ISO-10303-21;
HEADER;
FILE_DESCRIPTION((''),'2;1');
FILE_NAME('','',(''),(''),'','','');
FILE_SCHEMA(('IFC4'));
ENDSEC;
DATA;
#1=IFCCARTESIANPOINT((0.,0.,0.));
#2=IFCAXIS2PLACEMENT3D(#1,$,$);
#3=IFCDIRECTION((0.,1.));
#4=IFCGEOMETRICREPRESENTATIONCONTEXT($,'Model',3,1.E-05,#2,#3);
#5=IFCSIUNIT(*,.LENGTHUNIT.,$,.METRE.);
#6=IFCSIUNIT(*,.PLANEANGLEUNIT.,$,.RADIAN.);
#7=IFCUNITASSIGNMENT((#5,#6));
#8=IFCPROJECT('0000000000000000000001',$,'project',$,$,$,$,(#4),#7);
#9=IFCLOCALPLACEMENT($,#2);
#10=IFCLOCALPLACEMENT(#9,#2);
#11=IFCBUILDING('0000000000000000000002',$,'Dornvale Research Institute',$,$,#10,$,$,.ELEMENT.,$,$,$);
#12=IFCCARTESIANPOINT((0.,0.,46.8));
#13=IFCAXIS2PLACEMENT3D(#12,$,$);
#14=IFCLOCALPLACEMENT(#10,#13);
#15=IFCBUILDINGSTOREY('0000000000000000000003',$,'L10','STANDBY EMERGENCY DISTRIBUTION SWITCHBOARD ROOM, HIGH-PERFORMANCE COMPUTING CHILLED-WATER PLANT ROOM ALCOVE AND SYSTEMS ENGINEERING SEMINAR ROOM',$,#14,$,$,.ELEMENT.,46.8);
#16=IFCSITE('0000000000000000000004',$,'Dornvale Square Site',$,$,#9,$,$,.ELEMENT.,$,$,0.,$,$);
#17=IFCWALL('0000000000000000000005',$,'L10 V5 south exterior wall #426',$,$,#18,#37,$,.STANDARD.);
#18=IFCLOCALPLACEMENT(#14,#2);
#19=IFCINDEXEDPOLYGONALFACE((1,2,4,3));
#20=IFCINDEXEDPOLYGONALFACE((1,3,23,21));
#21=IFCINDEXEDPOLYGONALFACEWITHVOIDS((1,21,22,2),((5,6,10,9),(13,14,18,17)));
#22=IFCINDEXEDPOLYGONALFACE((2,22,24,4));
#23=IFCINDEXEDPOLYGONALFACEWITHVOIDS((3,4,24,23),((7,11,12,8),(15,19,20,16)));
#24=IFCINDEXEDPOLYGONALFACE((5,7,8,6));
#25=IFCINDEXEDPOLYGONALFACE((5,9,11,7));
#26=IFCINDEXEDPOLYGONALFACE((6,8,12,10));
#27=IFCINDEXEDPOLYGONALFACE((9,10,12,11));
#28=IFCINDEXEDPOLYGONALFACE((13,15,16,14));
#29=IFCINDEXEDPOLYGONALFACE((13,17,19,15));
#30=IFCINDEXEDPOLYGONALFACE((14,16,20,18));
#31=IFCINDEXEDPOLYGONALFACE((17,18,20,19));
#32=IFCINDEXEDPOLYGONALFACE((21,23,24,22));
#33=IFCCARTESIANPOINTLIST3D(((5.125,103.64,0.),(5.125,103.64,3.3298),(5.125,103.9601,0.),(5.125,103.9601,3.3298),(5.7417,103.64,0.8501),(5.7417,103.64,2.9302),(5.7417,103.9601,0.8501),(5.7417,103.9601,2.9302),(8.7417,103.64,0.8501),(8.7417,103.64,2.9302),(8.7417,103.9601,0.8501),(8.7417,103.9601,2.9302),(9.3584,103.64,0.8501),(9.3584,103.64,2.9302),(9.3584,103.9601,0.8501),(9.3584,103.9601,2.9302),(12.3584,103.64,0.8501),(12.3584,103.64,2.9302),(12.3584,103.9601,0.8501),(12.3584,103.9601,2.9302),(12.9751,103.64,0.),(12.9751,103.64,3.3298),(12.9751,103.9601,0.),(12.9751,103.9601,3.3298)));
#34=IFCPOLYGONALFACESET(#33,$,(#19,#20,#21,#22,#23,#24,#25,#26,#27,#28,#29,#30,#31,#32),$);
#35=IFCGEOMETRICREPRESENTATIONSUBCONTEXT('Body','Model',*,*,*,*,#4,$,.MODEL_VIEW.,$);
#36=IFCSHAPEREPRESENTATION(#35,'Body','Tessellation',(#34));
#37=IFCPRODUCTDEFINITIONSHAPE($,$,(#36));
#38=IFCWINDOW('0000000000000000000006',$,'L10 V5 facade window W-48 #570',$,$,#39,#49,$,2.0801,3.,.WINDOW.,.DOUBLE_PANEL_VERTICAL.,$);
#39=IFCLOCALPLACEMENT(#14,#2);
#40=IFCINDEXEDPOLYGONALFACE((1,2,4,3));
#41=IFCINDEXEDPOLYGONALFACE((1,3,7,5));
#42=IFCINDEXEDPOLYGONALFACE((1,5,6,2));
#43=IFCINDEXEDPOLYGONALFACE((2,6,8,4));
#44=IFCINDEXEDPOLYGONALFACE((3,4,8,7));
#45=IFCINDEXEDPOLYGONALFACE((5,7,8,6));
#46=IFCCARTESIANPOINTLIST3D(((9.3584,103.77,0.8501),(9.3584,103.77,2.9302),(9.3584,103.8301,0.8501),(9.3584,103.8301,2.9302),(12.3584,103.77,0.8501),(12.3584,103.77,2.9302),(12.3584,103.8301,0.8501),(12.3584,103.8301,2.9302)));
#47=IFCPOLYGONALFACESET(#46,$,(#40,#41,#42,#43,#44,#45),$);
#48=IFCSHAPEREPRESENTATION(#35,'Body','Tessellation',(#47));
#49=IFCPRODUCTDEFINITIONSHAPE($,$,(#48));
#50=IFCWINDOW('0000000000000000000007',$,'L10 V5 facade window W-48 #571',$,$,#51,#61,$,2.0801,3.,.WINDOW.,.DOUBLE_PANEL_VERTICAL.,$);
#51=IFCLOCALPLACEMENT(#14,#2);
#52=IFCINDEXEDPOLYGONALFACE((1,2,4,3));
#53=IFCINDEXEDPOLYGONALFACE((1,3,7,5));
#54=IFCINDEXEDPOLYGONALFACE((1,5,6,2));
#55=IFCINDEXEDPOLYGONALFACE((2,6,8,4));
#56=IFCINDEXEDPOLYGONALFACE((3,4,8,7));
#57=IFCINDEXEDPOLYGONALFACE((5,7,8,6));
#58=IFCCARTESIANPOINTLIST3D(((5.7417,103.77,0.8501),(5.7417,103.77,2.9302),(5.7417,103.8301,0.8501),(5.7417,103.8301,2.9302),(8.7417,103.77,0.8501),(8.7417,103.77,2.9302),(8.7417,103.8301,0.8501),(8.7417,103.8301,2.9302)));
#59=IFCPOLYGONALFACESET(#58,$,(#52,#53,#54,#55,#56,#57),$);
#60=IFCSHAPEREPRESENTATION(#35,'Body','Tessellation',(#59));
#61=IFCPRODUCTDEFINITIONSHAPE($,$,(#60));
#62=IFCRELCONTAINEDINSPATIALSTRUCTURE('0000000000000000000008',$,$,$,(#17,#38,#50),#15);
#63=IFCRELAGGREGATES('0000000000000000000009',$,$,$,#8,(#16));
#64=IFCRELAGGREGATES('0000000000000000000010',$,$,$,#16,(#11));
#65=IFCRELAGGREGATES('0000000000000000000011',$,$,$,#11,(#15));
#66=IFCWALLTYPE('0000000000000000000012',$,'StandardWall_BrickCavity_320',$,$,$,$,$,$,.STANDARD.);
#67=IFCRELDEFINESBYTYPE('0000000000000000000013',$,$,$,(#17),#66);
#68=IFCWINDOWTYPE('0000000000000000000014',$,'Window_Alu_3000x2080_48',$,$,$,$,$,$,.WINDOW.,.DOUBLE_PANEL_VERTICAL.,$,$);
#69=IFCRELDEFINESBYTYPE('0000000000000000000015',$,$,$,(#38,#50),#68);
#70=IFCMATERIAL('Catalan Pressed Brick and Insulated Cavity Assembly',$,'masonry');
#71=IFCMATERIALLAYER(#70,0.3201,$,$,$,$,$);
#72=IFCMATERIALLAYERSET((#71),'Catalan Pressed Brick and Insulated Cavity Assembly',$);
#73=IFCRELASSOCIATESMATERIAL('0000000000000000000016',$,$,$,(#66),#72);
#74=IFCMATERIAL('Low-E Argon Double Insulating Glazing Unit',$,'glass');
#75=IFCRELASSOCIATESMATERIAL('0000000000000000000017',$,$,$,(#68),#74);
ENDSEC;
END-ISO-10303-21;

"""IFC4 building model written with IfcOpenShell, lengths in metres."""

from ifc_helpers import new_model, si_unit, direction, frame, frame_2d, origin, place, context, subcontext, project, spatial, rectangle, extrude, material, layer, layer_set, type_object, element, fill, save


model = new_model("IFC4")

# Units and contexts
model_context = context("Model", 3, precision=1e-05, world=origin(), true_north=direction((0.0, 1.0)))
body_context = subcontext(model_context, "Body", "Model", "MODEL_VIEW")
ifc_project = project(units=[si_unit("LENGTHUNIT", "METRE"), si_unit("PLANEANGLEUNIT", "RADIAN")], contexts=[model_context])

# Site, building, storey
site_placement = place(None, origin())
site = spatial("IfcSite", under=ifc_project, at=site_placement, Name="Dornvale Square Site", CompositionType="ELEMENT", RefElevation=0.0)
building_placement = place(site_placement, origin())
building = spatial("IfcBuilding", under=site, at=building_placement, Name="Dornvale Research Institute", CompositionType="ELEMENT")
storey_placement = place(building_placement, frame((0.0, 0.0, 46.8)))
storey = spatial("IfcBuildingStorey", under=building, at=storey_placement, Name="L10", Description="STANDBY EMERGENCY DISTRIBUTION SWITCHBOARD ROOM, HIGH-PERFORMANCE COMPUTING CHILLED-WATER PLANT ROOM ALCOVE AND SYSTEMS ENGINEERING SEMINAR ROOM", CompositionType="ELEMENT", Elevation=46.8)

# Shared definitions
ifc_material_1 = material(Name="Catalan Pressed Brick and Insulated Cavity Assembly", Category="masonry")
ifc_layer_1 = layer(ifc_material_1, 0.3201)
ifc_layer_set_1 = layer_set([ifc_layer_1], Name="Catalan Pressed Brick and Insulated Cavity Assembly")
wall_type_1 = type_object("IfcWallType", Name="StandardWall_BrickCavity_320", PredefinedType="STANDARD", material=ifc_layer_set_1)
ifc_material_2 = material(Name="Low-E Argon Double Insulating Glazing Unit", Category="glass")
window_type = type_object("IfcWindowType", Name="Window_Alu_3000x2080_48", PartitioningType="DOUBLE_PANEL_VERTICAL", PredefinedType="WINDOW", material=ifc_material_2)

# Wall, openings, windows
wall_1_placement = place(storey_placement, frame((12.9751, 103.8, 0.0), z_axis=(0.0, 0.0, 1.0), x_axis=(-1.0, 0.0, 0.0)))
wall_1 = element("IfcWall", 1, at=wall_1_placement, inside=storey, type_object=wall_type_1, Name="L10 V5 south exterior wall #426", PredefinedType="STANDARD", context=body_context, shape_type="SweptSolid", body=[
    extrude(rectangle(XDim=7.8501, YDim=0.3201, at=frame_2d((3.925, 0.0))), origin(), (0.0, 0.0, 1.0), 3.3298),
])
opening_1_placement = place(wall_1_placement, frame((0.6167, 0.0, 0.8501)))
opening_1 = element("IfcOpeningElement", 2, at=opening_1_placement, cuts=wall_1, PredefinedType="OPENING", context=body_context, shape_type="SweptSolid", body=[
    extrude(rectangle(XDim=3.0, YDim=2.0801, at=frame_2d((1.5, 1.04))), frame((0.0, 0.175, 0.0), z_axis=(0.0, -1.0, 0.0), x_axis=(1.0, 0.0, 0.0)), (0.0, 0.0, 1.0), 0.3501),
])
opening_2_placement = place(wall_1_placement, frame((4.2334, 0.0, 0.8501)))
opening_2 = element("IfcOpeningElement", 3, at=opening_2_placement, cuts=wall_1, PredefinedType="OPENING", context=body_context, shape_type="SweptSolid", body=[
    extrude(rectangle(XDim=3.0, YDim=2.0801, at=frame_2d((1.5, 1.04))), frame((0.0, 0.175, 0.0), z_axis=(0.0, -1.0, 0.0), x_axis=(1.0, 0.0, 0.0)), (0.0, 0.0, 1.0), 0.3501),
])
window_1_placement = place(opening_1_placement, origin())
window_1 = element("IfcWindow", 4, at=window_1_placement, inside=storey, type_object=window_type, Name="L10 V5 facade window W-48 #570", OverallHeight=2.0801, OverallWidth=3.0, PartitioningType="DOUBLE_PANEL_VERTICAL", PredefinedType="WINDOW", context=body_context, shape_type="SweptSolid", body=[
    extrude(rectangle(XDim=3.0, YDim=2.0801, at=frame_2d((1.5, 1.04))), frame((0.0, 0.03, 0.0), z_axis=(0.0, -1.0, 0.0), x_axis=(1.0, 0.0, 0.0)), (0.0, 0.0, 1.0), 0.0601),
])
fill(opening_1, window_1)
window_2_placement = place(opening_2_placement, origin())
window_2 = element("IfcWindow", 5, at=window_2_placement, inside=storey, type_object=window_type, Name="L10 V5 facade window W-48 #571", OverallHeight=2.0801, OverallWidth=3.0, PartitioningType="DOUBLE_PANEL_VERTICAL", PredefinedType="WINDOW", context=body_context, shape_type="SweptSolid", body=[
    extrude(rectangle(XDim=3.0, YDim=2.0801, at=frame_2d((1.5, 1.04))), frame((0.0, 0.03, 0.0), z_axis=(0.0, -1.0, 0.0), x_axis=(1.0, 0.0, 0.0)), (0.0, 0.0, 1.0), 0.0601),
])
fill(opening_2, window_2)

save(model, "model.ifc")
